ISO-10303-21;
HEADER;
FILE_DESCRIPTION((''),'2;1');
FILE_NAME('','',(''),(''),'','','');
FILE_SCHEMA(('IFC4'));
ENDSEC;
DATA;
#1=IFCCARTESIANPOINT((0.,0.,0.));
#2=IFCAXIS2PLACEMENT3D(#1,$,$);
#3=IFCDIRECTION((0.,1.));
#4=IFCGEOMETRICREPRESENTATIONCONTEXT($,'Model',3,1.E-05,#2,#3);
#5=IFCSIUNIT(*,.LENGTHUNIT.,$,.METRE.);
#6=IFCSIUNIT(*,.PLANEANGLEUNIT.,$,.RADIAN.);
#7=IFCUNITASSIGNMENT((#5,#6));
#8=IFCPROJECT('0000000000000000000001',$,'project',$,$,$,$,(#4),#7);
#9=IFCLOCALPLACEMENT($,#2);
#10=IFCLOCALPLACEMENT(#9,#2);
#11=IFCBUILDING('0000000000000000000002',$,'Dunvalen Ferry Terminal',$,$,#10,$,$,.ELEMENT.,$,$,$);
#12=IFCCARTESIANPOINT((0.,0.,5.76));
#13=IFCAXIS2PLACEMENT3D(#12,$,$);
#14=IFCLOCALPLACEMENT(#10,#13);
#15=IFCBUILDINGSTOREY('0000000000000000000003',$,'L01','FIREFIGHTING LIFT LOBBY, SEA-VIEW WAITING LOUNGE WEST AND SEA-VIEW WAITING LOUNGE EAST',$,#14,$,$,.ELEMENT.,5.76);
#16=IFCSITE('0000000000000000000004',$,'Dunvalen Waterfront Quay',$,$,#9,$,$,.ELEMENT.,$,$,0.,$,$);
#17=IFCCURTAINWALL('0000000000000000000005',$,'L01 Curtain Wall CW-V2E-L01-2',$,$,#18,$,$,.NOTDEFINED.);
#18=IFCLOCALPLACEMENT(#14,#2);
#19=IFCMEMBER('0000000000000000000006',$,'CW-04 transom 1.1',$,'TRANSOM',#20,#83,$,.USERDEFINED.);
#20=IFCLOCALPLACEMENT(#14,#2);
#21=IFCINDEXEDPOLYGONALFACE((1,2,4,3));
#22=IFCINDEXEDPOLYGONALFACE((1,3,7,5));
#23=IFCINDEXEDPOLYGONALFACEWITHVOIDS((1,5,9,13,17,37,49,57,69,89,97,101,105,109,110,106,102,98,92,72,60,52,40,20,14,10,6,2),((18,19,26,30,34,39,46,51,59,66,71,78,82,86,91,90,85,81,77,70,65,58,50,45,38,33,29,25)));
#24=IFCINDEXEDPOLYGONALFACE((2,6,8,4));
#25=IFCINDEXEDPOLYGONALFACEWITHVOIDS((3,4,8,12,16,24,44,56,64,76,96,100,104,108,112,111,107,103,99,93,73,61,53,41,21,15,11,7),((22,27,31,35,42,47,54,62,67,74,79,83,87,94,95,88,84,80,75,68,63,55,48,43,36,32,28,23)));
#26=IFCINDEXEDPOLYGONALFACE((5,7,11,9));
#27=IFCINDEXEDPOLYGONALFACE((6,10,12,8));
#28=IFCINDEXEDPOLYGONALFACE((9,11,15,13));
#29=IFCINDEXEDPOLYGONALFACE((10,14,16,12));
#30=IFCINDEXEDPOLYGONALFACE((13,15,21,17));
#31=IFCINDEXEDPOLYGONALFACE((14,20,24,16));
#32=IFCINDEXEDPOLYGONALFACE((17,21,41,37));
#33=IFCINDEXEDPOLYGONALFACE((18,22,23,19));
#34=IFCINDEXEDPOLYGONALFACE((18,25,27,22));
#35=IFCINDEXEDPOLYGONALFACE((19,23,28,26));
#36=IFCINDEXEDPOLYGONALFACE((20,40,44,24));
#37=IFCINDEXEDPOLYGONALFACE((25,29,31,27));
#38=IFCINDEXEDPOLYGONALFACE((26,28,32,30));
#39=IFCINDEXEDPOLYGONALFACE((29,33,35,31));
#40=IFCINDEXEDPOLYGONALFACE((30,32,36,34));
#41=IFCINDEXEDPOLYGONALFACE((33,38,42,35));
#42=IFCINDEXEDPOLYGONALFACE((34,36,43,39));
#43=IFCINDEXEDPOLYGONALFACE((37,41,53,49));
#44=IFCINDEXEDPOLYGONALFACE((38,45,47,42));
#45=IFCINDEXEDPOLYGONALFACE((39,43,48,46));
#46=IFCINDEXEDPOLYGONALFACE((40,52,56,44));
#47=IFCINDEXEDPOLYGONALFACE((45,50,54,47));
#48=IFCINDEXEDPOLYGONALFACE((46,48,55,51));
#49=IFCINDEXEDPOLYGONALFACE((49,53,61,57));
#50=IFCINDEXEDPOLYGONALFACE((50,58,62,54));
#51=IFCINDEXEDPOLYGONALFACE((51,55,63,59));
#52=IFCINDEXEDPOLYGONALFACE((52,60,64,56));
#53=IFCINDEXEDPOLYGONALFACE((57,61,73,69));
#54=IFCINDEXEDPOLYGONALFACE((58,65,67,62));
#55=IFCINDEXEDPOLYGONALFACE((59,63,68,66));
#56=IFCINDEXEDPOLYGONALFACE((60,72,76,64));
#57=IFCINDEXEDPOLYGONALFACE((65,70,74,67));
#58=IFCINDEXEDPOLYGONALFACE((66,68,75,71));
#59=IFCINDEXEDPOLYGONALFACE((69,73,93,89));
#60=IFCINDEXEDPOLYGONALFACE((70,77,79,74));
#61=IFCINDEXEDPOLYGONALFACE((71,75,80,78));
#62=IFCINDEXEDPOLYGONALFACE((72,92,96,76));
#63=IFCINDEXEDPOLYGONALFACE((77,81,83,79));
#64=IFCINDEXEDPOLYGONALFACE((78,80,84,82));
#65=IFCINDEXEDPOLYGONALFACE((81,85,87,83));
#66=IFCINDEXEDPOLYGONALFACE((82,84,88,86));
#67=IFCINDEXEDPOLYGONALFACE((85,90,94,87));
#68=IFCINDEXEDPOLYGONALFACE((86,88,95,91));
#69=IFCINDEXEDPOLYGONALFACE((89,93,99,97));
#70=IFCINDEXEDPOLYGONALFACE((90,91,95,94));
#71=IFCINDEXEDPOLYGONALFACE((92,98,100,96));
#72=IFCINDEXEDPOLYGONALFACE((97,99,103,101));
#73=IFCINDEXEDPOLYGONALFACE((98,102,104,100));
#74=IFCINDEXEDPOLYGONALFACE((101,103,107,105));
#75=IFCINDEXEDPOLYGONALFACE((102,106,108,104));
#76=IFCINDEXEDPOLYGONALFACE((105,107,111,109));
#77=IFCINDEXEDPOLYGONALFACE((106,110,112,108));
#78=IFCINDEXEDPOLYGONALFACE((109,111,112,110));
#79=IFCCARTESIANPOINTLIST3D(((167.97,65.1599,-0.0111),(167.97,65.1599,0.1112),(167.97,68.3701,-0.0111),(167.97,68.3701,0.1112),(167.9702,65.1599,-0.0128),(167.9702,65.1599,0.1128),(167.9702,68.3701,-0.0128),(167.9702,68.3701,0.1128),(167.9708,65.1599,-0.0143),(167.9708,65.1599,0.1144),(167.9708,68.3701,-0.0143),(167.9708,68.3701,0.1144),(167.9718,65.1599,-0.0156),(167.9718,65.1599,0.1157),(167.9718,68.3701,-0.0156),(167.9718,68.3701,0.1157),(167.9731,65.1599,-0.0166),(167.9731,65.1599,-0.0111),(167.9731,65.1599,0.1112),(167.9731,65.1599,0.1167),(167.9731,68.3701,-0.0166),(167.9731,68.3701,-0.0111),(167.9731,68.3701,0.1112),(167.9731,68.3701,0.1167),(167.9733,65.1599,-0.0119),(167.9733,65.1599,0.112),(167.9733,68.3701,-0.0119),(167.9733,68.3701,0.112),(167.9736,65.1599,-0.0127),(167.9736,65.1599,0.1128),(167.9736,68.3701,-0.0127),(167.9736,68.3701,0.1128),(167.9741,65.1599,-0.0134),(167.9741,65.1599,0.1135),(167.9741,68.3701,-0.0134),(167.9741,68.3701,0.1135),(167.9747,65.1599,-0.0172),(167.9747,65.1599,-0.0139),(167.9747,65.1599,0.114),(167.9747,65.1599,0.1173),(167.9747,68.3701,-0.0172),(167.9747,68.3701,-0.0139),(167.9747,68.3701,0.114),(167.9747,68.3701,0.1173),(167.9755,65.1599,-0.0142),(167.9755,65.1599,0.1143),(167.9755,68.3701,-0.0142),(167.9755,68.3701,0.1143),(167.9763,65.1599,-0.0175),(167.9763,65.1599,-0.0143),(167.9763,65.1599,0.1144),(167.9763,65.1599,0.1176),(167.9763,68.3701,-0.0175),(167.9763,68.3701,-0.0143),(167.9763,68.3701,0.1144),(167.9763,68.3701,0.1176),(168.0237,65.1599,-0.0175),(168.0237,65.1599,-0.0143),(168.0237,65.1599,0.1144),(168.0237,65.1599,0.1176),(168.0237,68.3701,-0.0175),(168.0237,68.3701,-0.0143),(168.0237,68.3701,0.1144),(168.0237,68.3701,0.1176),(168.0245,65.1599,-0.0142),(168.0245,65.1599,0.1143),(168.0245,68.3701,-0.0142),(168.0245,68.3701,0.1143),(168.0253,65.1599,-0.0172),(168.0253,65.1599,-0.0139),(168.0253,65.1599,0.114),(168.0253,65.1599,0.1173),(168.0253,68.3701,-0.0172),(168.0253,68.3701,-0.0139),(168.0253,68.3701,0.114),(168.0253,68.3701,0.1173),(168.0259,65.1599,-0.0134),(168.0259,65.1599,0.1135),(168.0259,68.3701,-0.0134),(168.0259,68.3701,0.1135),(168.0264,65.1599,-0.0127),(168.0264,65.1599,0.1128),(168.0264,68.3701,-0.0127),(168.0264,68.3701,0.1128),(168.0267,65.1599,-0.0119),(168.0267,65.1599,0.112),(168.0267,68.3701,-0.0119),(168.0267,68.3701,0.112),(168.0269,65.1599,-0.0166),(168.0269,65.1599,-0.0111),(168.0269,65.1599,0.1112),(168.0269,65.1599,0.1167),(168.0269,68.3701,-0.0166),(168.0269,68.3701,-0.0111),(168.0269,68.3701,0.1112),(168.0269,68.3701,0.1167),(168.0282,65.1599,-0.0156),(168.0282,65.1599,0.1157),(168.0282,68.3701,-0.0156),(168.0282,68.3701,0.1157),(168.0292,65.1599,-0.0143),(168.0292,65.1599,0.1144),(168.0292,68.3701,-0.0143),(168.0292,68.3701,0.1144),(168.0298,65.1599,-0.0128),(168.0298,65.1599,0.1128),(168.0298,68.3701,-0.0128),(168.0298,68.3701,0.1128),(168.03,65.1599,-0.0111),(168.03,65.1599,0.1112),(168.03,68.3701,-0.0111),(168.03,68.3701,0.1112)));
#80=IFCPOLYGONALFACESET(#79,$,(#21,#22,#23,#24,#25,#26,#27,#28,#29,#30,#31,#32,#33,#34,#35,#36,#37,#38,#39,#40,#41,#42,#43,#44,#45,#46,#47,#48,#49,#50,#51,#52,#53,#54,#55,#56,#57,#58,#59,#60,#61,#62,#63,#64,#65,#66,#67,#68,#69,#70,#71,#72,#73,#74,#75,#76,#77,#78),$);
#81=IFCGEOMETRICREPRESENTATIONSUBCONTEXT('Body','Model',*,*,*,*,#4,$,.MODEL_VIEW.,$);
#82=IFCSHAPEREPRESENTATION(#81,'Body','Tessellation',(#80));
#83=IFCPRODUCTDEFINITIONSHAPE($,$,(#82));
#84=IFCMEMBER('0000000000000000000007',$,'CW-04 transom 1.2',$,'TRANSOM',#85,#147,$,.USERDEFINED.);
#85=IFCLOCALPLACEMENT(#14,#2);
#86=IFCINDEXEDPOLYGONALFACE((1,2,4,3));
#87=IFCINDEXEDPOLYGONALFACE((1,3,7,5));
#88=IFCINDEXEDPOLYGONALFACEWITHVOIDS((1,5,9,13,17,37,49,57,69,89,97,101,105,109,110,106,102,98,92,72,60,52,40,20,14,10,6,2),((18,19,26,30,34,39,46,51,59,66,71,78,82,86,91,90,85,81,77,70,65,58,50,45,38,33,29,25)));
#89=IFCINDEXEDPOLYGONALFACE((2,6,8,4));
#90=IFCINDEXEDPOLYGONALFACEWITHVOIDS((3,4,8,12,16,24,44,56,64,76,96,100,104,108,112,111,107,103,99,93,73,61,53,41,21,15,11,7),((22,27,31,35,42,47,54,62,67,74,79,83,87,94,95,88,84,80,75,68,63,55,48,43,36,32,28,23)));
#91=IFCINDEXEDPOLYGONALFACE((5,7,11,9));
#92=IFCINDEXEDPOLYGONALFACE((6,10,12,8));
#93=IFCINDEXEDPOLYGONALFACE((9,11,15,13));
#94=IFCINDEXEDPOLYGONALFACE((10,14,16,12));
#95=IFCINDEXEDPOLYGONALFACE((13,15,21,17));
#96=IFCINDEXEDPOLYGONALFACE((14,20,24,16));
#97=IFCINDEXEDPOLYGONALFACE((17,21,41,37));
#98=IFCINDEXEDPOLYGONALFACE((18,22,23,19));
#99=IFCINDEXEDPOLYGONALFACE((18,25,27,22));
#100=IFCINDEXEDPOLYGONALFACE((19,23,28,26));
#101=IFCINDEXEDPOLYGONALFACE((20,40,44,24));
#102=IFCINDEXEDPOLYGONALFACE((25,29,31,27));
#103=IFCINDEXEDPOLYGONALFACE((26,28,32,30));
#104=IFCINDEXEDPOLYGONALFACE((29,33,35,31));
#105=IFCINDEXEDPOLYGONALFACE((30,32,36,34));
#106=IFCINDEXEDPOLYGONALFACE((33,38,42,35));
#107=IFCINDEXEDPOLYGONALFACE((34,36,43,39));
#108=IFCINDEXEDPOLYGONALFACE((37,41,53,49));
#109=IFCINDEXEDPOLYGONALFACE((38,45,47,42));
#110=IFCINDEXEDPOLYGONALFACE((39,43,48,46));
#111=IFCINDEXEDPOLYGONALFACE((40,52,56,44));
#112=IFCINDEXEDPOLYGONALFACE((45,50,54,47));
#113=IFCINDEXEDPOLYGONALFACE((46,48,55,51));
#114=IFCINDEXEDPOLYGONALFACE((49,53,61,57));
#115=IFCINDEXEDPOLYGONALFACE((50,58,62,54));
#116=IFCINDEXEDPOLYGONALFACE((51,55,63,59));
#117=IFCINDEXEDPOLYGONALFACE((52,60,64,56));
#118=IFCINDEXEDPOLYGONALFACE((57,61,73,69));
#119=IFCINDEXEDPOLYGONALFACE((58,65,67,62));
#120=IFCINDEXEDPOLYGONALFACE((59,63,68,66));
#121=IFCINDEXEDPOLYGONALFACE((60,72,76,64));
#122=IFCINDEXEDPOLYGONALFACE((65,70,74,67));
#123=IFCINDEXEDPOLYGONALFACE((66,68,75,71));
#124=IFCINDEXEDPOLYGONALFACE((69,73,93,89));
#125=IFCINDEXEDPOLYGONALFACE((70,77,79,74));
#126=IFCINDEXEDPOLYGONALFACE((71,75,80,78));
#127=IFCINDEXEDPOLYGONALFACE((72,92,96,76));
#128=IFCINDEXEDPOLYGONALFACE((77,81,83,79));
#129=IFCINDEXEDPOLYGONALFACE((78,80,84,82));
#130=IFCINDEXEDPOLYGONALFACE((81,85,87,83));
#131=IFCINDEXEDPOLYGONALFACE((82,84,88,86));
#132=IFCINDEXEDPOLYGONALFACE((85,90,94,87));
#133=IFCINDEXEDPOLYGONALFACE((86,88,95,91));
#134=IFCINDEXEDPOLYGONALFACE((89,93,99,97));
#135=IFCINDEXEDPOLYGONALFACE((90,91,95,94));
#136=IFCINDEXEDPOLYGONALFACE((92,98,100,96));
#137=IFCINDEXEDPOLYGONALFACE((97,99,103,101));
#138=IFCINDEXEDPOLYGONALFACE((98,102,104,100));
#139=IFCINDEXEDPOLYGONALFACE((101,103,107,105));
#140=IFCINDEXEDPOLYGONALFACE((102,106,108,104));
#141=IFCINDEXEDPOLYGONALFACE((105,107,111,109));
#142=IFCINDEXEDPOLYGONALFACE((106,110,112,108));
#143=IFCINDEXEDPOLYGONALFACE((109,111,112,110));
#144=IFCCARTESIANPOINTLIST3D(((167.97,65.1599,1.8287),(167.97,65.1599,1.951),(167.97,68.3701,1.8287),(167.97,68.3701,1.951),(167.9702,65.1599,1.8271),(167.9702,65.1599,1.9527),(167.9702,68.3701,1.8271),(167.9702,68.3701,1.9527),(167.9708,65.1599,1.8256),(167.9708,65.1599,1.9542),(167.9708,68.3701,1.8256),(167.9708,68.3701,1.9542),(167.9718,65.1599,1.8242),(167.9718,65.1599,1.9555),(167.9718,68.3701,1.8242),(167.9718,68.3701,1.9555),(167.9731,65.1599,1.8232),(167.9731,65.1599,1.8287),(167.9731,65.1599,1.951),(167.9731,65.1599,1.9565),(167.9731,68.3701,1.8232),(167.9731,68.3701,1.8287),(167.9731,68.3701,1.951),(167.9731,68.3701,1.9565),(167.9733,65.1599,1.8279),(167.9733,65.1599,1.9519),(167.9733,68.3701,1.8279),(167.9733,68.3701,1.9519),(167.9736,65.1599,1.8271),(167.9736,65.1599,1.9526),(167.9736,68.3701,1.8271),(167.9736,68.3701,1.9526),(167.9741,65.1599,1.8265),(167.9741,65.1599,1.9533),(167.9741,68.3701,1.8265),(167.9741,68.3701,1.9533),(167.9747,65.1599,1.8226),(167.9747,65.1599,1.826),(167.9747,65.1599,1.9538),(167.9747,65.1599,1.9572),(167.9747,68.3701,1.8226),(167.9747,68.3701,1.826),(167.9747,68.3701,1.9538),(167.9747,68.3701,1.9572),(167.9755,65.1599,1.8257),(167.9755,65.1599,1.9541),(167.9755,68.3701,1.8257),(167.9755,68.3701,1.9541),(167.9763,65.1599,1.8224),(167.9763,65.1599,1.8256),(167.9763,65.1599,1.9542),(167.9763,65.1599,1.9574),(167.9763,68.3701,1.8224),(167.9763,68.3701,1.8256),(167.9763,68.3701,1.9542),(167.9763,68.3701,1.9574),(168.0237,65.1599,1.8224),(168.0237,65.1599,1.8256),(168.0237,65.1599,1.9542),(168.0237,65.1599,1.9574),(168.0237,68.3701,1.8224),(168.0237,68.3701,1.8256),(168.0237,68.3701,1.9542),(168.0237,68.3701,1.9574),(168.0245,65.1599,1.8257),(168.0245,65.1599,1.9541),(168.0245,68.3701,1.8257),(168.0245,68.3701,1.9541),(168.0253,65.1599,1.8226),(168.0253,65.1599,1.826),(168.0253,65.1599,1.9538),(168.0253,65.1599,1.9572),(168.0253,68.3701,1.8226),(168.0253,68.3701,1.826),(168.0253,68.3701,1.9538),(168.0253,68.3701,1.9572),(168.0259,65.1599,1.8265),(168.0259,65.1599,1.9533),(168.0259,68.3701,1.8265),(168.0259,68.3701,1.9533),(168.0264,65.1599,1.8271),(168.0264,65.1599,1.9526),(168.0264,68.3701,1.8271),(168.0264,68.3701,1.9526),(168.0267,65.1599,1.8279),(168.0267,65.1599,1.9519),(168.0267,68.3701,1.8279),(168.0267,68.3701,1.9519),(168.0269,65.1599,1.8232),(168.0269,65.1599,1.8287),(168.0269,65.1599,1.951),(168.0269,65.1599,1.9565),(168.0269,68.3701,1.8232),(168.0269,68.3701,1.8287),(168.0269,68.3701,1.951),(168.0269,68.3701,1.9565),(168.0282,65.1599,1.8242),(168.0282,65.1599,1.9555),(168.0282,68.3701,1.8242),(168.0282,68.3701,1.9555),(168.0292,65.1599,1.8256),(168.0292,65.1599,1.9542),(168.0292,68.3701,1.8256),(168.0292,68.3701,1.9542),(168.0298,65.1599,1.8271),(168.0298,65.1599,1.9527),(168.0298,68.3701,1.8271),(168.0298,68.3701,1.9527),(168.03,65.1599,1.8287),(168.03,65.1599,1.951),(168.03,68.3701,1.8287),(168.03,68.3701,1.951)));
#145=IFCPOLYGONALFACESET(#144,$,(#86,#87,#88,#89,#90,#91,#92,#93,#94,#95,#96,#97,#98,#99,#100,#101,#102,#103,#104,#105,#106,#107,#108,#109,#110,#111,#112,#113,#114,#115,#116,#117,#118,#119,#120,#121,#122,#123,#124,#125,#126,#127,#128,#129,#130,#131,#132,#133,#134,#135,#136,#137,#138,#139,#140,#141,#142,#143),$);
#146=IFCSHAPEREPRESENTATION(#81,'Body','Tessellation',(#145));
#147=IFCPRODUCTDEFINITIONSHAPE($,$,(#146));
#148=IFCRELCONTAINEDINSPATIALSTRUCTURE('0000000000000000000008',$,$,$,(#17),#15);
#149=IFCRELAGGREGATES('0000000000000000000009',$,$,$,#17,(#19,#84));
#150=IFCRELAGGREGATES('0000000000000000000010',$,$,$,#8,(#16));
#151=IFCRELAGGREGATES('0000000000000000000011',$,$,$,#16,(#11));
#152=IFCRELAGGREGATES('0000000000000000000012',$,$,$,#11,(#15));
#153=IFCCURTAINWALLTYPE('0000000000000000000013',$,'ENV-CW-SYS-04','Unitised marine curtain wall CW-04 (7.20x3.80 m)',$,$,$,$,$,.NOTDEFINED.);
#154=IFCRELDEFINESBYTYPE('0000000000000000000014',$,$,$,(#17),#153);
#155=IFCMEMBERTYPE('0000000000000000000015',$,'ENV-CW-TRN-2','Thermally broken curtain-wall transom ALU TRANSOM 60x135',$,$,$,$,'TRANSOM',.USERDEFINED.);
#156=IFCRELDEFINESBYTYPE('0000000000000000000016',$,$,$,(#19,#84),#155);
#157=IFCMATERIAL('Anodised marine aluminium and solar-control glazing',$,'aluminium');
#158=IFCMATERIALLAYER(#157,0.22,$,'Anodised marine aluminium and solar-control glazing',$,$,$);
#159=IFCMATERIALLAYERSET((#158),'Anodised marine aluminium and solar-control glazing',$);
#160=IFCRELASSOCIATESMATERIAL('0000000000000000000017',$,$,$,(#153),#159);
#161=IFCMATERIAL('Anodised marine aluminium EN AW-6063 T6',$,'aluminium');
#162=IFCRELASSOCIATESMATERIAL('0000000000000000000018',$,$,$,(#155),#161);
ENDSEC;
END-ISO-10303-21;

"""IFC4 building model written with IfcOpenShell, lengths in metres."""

from ifc_helpers import new_model, si_unit, direction, frame, origin, origin_2d, place, context, subcontext, project, spatial, hollow_rectangle, extrude, material, layer, layer_set, material_profile, profile_set, type_object, element, aggregate, save


model = new_model("IFC4")

# Units and contexts
model_context = context("Model", 3, precision=1e-05, world=origin(), true_north=direction((0.0, 1.0)))
body_context = subcontext(model_context, "Body", "Model", "MODEL_VIEW")
ifc_project = project(units=[si_unit("LENGTHUNIT", "METRE"), si_unit("PLANEANGLEUNIT", "RADIAN")], contexts=[model_context])

# Site, building, storey
site_placement = place(None, origin())
site = spatial("IfcSite", under=ifc_project, at=site_placement, Name="Dunvalen Waterfront Quay", CompositionType="ELEMENT", RefElevation=0.0)
building_placement = place(site_placement, origin())
building = spatial("IfcBuilding", under=site, at=building_placement, Name="Dunvalen Ferry Terminal", CompositionType="ELEMENT")
storey_placement = place(building_placement, frame((0.0, 0.0, 5.76)))
storey = spatial("IfcBuildingStorey", under=building, at=storey_placement, Name="L01", Description="FIREFIGHTING LIFT LOBBY, SEA-VIEW WAITING LOUNGE WEST AND SEA-VIEW WAITING LOUNGE EAST", CompositionType="ELEMENT", Elevation=5.76)

# Shared definitions
ifc_material_1 = material(Name="Anodised marine aluminium and solar-control glazing", Category="aluminium")
ifc_layer_1 = layer(ifc_material_1, 0.22, Name="Anodised marine aluminium and solar-control glazing")
ifc_layer_set_1 = layer_set([ifc_layer_1], Name="Anodised marine aluminium and solar-control glazing")
curtain_wall_type = type_object("IfcCurtainWallType", Name="ENV-CW-SYS-04", Description="Unitised marine curtain wall CW-04 (7.20x3.80 m)", PredefinedType="NOTDEFINED", material=ifc_layer_set_1)
ifc_material_2 = material(Name="Anodised marine aluminium EN AW-6063 T6", Category="aluminium")

# Curtain wall
curtain_wall_1_placement = place(storey_placement, origin())
curtain_wall_1 = element("IfcCurtainWall", 1, at=curtain_wall_1_placement, inside=storey, type_object=curtain_wall_type, Name="L01 Curtain Wall CW-V2E-L01-2", PredefinedType="NOTDEFINED")

# Members
ifc_material_profile_1 = material_profile(ifc_material_2, hollow_rectangle(XDim=0.0601, YDim=0.135, WallThickness=0.0032, InnerFilletRadius=0.0032, OuterFilletRadius=0.0063, at=origin_2d()), Name="Anodised marine aluminium EN AW-6063 T6")
ifc_profile_set_1 = profile_set([ifc_material_profile_1], Name="Anodised marine aluminium EN AW-6063 T6")
member_type_1 = type_object("IfcMemberType", Name="ENV-CW-TRN-2", Description="Thermally broken curtain-wall transom ALU TRANSOM 60x135", ElementType="TRANSOM", PredefinedType="USERDEFINED", material=ifc_profile_set_1)
member_1_placement = place(storey_placement, frame((168.0, 65.1599, 0.05), z_axis=(0.0, 1.0, 0.0), x_axis=(-1.0, 0.0, 0.0)))
member_1 = element("IfcMember", 2, at=member_1_placement, type_object=member_type_1, Name="CW-04 transom 1.1", ObjectType="TRANSOM", PredefinedType="USERDEFINED", context=body_context, shape_type="SweptSolid", body=[
    extrude(hollow_rectangle(XDim=0.0601, YDim=0.135, WallThickness=0.0032, InnerFilletRadius=0.0032, OuterFilletRadius=0.0063, at=origin_2d()), origin(), (0.0, 0.0, 1.0), 3.2102),
])
member_2_placement = place(storey_placement, frame((168.0, 65.1599, 1.8899), z_axis=(0.0, 1.0, 0.0), x_axis=(-1.0, 0.0, 0.0)))
member_2 = element("IfcMember", 3, at=member_2_placement, type_object=member_type_1, Name="CW-04 transom 1.2", ObjectType="TRANSOM", PredefinedType="USERDEFINED", context=body_context, shape_type="SweptSolid", body=[
    extrude(hollow_rectangle(XDim=0.0601, YDim=0.135, WallThickness=0.0032, InnerFilletRadius=0.0032, OuterFilletRadius=0.0063, at=origin_2d()), origin(), (0.0, 0.0, 1.0), 3.2102),
])

aggregate(curtain_wall_1, [member_1, member_2])

save(model, "model.ifc")
